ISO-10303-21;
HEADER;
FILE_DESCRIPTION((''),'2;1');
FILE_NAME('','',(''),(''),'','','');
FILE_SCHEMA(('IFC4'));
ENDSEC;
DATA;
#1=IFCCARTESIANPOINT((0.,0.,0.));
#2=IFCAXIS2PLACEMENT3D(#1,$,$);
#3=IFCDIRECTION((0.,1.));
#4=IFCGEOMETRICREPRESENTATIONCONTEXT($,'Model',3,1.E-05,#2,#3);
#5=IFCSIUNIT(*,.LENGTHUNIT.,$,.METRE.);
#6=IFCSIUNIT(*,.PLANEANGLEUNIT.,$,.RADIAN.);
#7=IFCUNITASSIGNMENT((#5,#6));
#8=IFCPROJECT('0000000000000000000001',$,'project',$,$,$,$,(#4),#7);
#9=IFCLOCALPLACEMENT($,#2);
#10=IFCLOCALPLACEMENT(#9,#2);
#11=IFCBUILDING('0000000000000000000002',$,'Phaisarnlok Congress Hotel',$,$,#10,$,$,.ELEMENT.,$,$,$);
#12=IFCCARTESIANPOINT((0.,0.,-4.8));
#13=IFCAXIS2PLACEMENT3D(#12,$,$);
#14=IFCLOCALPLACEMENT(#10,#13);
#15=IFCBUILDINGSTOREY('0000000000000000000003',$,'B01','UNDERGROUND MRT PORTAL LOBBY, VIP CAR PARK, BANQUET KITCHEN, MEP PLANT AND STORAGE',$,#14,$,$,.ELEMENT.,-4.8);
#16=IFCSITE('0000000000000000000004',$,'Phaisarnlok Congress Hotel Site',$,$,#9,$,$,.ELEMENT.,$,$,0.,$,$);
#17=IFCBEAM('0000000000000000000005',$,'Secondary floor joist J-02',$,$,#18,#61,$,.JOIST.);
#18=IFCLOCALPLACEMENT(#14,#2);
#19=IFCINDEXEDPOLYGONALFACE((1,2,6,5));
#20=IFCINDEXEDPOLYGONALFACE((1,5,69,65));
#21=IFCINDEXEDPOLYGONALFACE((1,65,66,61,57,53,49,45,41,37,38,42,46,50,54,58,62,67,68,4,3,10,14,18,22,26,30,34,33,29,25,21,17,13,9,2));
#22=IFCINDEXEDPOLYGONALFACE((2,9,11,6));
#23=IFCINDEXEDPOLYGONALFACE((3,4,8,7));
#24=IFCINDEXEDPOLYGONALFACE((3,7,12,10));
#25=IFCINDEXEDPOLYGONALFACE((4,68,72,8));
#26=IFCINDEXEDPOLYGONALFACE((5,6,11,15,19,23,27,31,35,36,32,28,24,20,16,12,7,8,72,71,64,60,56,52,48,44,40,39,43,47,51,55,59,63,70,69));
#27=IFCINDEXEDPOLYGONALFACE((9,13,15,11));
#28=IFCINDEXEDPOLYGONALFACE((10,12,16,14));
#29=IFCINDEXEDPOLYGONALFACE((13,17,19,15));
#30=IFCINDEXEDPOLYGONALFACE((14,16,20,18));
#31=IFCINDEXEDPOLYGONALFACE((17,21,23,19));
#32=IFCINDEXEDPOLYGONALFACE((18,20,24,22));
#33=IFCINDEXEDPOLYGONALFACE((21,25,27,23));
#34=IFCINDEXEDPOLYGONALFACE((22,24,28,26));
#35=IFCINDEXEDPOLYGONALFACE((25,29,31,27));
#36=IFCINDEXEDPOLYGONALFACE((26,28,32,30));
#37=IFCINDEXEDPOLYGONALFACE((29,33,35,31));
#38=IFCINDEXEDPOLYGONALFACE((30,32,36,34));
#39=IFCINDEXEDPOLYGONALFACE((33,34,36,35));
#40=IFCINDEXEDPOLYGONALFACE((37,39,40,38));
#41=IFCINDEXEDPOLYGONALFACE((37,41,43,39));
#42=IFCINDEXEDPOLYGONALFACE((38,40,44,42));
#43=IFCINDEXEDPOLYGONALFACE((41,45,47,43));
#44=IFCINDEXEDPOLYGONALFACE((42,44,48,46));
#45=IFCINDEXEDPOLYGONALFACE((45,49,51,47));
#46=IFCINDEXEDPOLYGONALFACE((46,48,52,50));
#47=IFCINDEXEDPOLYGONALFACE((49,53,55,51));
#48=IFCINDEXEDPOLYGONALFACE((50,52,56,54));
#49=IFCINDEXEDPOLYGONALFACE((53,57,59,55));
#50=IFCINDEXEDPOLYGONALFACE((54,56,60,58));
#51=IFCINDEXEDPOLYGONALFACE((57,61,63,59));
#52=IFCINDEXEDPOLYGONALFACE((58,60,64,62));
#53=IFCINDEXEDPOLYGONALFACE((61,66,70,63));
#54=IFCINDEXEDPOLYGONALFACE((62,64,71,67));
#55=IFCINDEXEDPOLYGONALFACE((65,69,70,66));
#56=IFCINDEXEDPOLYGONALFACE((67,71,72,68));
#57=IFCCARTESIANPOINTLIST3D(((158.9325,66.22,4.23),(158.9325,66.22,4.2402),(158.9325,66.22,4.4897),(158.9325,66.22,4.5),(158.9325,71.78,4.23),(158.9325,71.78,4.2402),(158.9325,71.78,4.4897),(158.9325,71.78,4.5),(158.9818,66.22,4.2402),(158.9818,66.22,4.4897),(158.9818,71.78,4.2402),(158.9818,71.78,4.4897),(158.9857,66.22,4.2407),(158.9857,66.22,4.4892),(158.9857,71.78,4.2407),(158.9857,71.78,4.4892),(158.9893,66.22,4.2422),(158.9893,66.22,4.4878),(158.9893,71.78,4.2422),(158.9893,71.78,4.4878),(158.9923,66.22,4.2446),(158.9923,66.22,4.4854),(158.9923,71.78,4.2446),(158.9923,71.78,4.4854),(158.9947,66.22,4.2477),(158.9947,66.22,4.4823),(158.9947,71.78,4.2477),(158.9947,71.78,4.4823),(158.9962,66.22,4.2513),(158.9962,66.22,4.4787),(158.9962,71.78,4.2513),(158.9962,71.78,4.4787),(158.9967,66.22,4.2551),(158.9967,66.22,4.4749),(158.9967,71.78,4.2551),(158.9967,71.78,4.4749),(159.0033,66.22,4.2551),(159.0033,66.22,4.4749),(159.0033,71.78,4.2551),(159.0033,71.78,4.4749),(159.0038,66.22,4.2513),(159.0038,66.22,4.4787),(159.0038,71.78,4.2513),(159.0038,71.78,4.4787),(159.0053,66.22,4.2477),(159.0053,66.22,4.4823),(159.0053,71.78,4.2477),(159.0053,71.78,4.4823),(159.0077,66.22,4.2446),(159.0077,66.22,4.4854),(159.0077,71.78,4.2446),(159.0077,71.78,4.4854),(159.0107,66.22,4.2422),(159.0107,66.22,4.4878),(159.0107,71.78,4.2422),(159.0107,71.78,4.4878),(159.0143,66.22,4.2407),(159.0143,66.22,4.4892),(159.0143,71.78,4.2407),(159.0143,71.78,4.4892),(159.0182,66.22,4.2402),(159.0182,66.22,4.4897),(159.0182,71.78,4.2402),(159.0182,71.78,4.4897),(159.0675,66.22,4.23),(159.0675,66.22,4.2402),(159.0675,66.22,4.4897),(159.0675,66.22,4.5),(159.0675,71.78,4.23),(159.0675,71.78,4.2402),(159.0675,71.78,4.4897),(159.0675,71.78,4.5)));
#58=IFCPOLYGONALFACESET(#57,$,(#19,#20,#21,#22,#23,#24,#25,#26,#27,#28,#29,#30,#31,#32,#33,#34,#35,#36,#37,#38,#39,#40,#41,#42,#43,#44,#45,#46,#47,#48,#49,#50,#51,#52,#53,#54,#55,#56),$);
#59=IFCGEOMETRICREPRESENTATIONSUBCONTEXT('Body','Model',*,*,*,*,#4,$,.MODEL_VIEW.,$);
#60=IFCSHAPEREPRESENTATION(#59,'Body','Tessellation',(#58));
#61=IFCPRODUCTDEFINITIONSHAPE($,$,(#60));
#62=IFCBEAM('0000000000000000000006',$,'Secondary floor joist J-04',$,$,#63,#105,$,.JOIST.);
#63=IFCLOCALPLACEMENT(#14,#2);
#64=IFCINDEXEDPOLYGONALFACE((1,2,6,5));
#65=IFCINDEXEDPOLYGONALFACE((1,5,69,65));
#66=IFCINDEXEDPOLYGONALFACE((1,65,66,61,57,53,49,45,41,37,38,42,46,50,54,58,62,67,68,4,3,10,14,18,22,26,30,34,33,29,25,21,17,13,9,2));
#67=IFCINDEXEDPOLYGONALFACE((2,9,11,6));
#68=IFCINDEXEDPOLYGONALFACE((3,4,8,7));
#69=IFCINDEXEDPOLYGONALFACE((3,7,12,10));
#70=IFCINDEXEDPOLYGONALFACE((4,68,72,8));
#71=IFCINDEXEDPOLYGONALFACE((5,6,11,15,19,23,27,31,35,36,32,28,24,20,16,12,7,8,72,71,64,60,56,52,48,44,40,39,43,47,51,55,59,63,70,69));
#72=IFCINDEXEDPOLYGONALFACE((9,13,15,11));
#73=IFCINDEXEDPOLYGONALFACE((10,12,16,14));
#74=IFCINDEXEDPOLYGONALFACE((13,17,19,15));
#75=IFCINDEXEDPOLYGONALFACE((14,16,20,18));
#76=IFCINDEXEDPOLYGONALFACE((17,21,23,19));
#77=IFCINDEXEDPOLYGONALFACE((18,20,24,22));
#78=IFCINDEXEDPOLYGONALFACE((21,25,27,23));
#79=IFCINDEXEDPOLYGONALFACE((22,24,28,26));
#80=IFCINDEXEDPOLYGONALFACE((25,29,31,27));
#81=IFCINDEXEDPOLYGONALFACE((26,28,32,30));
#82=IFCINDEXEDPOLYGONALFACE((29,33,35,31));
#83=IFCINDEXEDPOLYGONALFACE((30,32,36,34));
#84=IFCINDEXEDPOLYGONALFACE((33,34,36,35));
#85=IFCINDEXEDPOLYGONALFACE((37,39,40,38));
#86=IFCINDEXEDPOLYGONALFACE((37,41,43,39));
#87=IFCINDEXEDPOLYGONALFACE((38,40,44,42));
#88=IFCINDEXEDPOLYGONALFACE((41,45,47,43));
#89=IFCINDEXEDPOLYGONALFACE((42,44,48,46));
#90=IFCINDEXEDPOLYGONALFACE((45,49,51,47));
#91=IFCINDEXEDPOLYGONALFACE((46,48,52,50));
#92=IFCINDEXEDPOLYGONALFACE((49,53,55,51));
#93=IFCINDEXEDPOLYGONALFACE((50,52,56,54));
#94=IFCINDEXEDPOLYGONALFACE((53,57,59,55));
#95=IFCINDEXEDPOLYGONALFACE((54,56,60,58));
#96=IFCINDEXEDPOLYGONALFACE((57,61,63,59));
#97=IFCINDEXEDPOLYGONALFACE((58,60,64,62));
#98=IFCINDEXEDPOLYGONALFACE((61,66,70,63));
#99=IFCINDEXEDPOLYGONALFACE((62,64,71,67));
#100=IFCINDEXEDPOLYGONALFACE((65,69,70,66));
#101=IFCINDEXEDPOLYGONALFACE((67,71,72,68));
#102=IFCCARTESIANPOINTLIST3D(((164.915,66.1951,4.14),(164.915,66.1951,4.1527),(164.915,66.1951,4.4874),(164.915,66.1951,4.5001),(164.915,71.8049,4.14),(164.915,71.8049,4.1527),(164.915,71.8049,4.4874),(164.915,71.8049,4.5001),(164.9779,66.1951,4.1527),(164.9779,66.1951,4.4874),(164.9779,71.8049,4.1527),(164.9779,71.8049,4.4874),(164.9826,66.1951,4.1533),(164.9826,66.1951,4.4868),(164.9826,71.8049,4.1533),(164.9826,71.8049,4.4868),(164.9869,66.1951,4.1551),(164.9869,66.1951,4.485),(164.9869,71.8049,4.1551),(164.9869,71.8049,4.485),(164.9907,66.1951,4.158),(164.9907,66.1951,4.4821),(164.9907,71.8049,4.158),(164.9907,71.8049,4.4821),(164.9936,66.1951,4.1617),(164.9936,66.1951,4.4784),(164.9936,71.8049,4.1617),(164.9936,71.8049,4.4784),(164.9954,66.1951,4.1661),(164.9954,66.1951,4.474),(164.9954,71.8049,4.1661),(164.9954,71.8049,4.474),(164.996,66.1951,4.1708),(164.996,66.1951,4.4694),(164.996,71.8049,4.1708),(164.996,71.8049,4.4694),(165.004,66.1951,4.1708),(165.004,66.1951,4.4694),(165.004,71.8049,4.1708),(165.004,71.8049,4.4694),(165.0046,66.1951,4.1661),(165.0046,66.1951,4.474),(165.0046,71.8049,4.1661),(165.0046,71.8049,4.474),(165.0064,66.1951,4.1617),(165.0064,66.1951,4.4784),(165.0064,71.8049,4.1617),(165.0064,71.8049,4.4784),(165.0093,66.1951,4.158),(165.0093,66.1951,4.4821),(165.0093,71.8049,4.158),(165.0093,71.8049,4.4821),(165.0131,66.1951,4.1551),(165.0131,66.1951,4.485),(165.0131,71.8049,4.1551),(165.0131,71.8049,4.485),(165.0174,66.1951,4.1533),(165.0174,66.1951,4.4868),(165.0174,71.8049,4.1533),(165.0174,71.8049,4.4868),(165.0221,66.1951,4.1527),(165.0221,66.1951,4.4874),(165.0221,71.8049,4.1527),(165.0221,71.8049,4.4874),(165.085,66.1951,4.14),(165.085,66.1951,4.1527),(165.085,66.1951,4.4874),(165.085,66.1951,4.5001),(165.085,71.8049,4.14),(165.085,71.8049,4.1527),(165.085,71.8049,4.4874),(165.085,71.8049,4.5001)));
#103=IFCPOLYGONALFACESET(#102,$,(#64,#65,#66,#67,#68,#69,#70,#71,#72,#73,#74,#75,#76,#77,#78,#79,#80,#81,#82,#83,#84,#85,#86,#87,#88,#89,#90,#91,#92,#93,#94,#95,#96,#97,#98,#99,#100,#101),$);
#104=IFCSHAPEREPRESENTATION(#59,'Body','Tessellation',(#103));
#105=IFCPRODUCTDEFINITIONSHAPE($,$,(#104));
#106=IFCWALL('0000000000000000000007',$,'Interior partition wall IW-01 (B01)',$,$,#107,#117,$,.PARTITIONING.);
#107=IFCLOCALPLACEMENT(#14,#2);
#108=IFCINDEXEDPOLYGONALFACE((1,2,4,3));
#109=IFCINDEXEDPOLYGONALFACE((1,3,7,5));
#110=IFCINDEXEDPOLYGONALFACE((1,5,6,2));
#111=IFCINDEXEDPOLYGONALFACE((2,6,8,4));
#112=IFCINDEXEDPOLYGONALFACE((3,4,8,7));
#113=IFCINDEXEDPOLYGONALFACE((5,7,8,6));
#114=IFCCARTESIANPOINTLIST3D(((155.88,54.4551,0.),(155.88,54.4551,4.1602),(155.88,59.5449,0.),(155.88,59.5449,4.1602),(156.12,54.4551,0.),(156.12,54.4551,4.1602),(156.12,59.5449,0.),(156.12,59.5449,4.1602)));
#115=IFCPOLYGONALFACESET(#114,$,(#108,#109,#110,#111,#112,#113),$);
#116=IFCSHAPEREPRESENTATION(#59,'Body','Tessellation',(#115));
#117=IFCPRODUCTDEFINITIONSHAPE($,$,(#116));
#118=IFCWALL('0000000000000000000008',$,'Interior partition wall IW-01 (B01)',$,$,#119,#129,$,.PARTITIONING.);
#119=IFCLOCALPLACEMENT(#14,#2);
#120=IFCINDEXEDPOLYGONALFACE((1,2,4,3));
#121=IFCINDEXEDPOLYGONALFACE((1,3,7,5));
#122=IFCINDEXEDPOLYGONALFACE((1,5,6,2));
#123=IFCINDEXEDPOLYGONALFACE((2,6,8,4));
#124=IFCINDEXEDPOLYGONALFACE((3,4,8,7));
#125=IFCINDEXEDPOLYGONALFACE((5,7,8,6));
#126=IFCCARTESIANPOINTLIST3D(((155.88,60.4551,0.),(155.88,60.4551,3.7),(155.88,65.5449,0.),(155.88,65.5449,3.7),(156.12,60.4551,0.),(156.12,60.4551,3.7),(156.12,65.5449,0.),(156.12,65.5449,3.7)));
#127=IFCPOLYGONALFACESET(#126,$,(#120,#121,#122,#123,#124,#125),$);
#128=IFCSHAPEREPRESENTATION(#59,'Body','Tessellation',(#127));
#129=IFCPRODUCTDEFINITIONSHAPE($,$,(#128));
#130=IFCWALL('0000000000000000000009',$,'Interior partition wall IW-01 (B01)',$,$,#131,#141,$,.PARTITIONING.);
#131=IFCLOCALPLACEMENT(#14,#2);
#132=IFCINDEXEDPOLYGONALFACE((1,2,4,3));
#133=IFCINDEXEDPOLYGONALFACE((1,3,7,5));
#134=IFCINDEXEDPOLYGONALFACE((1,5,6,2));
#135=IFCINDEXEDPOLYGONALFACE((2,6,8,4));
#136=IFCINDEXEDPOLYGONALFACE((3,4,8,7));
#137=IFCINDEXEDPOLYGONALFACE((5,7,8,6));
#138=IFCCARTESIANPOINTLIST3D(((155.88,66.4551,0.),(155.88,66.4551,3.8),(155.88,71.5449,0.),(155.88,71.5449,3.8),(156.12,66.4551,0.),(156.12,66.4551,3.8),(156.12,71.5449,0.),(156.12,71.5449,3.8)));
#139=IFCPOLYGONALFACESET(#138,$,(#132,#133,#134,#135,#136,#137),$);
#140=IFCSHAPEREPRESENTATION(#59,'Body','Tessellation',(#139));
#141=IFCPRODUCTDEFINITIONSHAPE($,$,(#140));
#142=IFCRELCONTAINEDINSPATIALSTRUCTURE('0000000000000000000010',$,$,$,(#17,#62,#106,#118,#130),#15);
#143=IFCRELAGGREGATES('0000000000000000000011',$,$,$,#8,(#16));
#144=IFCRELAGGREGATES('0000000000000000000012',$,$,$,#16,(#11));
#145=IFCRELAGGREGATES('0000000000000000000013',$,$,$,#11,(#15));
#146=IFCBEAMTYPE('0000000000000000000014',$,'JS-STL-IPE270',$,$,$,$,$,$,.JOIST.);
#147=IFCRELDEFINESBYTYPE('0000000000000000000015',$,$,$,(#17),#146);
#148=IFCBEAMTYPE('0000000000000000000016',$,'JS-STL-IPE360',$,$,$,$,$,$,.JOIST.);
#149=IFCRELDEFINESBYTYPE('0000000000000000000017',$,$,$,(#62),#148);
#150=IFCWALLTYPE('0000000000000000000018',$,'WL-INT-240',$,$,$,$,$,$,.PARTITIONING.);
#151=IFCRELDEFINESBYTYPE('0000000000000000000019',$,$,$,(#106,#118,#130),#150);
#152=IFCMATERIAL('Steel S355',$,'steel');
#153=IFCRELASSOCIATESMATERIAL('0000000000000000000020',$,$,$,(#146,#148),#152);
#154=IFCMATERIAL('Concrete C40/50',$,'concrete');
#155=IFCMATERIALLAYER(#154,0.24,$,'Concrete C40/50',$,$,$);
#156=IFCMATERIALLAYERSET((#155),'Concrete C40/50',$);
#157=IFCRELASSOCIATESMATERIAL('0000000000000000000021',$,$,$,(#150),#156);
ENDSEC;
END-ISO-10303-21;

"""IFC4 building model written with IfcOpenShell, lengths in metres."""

from ifc_helpers import new_model, si_unit, direction, frame, frame_2d, origin, origin_2d, place, context, subcontext, project, spatial, rectangle, i_section, extrude, material, layer, layer_set, material_profile, profile_set, type_object, element, save


model = new_model("IFC4")

# Units and contexts
model_context = context("Model", 3, precision=1e-05, world=origin(), true_north=direction((0.0, 1.0)))
body_context = subcontext(model_context, "Body", "Model", "MODEL_VIEW")
ifc_project = project(units=[si_unit("LENGTHUNIT", "METRE"), si_unit("PLANEANGLEUNIT", "RADIAN")], contexts=[model_context])

# Site, building, storey
site_placement = place(None, origin())
site = spatial("IfcSite", under=ifc_project, at=site_placement, Name="Phaisarnlok Congress Hotel Site", CompositionType="ELEMENT", RefElevation=0.0)
building_placement = place(site_placement, origin())
building = spatial("IfcBuilding", under=site, at=building_placement, Name="Phaisarnlok Congress Hotel", CompositionType="ELEMENT")
storey_placement = place(building_placement, frame((0.0, 0.0, -4.8)))
storey = spatial("IfcBuildingStorey", under=building, at=storey_placement, Name="B01", Description="UNDERGROUND MRT PORTAL LOBBY, VIP CAR PARK, BANQUET KITCHEN, MEP PLANT AND STORAGE", CompositionType="ELEMENT", Elevation=-4.8)

# Shared definitions
ifc_material_1 = material(Name="Concrete C40/50", Category="concrete")

# Beams
ifc_material_2 = material(Name="Steel S355", Category="steel")
ifc_material_profile_1 = material_profile(ifc_material_2, i_section(OverallWidth=0.135, OverallDepth=0.27, WebThickness=0.0066, FlangeThickness=0.0103, FilletRadius=0.0149, at=origin_2d()), Name="IPE 270")
ifc_profile_set_1 = profile_set([ifc_material_profile_1], Name="Steel S355")
beam_type_1 = type_object("IfcBeamType", Name="JS-STL-IPE270", PredefinedType="JOIST", material=ifc_profile_set_1)
for number, where, z_axis, x_axis, name in (
    (1, (159.0, 66.22, 4.365), (0.0, 1.0, 0.0), (-1.0, 0.0, 0.0), "Secondary floor joist J-02"),
):
    element("IfcBeam", number, at=place(storey_placement, frame(where, z_axis=z_axis, x_axis=x_axis)), inside=storey, type_object=beam_type_1, Name=name, PredefinedType="JOIST", context=body_context, shape_type="SweptSolid", body=[
        extrude(i_section(OverallWidth=0.135, OverallDepth=0.27, WebThickness=0.0066, FlangeThickness=0.0103, FilletRadius=0.0149, at=origin_2d()), origin(), (0.0, 0.0, 1.0), 5.5601),
    ])
ifc_material_profile_2 = material_profile(ifc_material_2, i_section(OverallWidth=0.1699, OverallDepth=0.3601, WebThickness=0.0081, FlangeThickness=0.0127, FilletRadius=0.0181, at=origin_2d()), Name="IPE 360")
ifc_profile_set_2 = profile_set([ifc_material_profile_2], Name="Steel S355")
beam_type_2 = type_object("IfcBeamType", Name="JS-STL-IPE360", PredefinedType="JOIST", material=ifc_profile_set_2)
beam_1_placement = place(storey_placement, frame((165.0, 66.1951, 4.3201), z_axis=(0.0, 1.0, 0.0), x_axis=(-1.0, 0.0, 0.0)))
element("IfcBeam", 2, at=beam_1_placement, inside=storey, type_object=beam_type_2, Name="Secondary floor joist J-04", PredefinedType="JOIST", context=body_context, shape_type="SweptSolid", body=[
    extrude(i_section(OverallWidth=0.1699, OverallDepth=0.3601, WebThickness=0.0081, FlangeThickness=0.0127, FilletRadius=0.0181, at=origin_2d()), origin(), (0.0, 0.0, 1.0), 5.6099),
])

# Walls
ifc_layer = layer(ifc_material_1, 0.24, Name="Concrete C40/50")
ifc_layer_set = layer_set([ifc_layer], Name="Concrete C40/50")
wall_type = type_object("IfcWallType", Name="WL-INT-240", PredefinedType="PARTITIONING", material=ifc_layer_set)
wall_1_placement = place(storey_placement, frame((156.0, 54.4551, 0.0), z_axis=(0.0, 0.0, 1.0), x_axis=(0.0, 1.0, 0.0)))
element("IfcWall", 3, at=wall_1_placement, inside=storey, type_object=wall_type, Name="Interior partition wall IW-01 (B01)", PredefinedType="PARTITIONING", context=body_context, shape_type="SweptSolid", body=[
    extrude(rectangle(XDim=5.0898, YDim=0.24, at=frame_2d((2.5449, 0.0))), origin(), (0.0, 0.0, 1.0), 4.1602),
])
wall_2_placement = place(storey_placement, frame((156.0, 60.4551, 0.0), z_axis=(0.0, 0.0, 1.0), x_axis=(0.0, 1.0, 0.0)))
element("IfcWall", 4, at=wall_2_placement, inside=storey, type_object=wall_type, Name="Interior partition wall IW-01 (B01)", PredefinedType="PARTITIONING", context=body_context, shape_type="SweptSolid", body=[
    extrude(rectangle(XDim=5.0898, YDim=0.24, at=frame_2d((2.5449, 0.0))), origin(), (0.0, 0.0, 1.0), 3.7),
])
wall_3_placement = place(storey_placement, frame((156.0, 66.4551, 0.0), z_axis=(0.0, 0.0, 1.0), x_axis=(0.0, 1.0, 0.0)))
element("IfcWall", 5, at=wall_3_placement, inside=storey, type_object=wall_type, Name="Interior partition wall IW-01 (B01)", PredefinedType="PARTITIONING", context=body_context, shape_type="SweptSolid", body=[
    extrude(rectangle(XDim=5.0898, YDim=0.24, at=frame_2d((2.5449, 0.0))), origin(), (0.0, 0.0, 1.0), 3.8),
])

save(model, "model.ifc")
